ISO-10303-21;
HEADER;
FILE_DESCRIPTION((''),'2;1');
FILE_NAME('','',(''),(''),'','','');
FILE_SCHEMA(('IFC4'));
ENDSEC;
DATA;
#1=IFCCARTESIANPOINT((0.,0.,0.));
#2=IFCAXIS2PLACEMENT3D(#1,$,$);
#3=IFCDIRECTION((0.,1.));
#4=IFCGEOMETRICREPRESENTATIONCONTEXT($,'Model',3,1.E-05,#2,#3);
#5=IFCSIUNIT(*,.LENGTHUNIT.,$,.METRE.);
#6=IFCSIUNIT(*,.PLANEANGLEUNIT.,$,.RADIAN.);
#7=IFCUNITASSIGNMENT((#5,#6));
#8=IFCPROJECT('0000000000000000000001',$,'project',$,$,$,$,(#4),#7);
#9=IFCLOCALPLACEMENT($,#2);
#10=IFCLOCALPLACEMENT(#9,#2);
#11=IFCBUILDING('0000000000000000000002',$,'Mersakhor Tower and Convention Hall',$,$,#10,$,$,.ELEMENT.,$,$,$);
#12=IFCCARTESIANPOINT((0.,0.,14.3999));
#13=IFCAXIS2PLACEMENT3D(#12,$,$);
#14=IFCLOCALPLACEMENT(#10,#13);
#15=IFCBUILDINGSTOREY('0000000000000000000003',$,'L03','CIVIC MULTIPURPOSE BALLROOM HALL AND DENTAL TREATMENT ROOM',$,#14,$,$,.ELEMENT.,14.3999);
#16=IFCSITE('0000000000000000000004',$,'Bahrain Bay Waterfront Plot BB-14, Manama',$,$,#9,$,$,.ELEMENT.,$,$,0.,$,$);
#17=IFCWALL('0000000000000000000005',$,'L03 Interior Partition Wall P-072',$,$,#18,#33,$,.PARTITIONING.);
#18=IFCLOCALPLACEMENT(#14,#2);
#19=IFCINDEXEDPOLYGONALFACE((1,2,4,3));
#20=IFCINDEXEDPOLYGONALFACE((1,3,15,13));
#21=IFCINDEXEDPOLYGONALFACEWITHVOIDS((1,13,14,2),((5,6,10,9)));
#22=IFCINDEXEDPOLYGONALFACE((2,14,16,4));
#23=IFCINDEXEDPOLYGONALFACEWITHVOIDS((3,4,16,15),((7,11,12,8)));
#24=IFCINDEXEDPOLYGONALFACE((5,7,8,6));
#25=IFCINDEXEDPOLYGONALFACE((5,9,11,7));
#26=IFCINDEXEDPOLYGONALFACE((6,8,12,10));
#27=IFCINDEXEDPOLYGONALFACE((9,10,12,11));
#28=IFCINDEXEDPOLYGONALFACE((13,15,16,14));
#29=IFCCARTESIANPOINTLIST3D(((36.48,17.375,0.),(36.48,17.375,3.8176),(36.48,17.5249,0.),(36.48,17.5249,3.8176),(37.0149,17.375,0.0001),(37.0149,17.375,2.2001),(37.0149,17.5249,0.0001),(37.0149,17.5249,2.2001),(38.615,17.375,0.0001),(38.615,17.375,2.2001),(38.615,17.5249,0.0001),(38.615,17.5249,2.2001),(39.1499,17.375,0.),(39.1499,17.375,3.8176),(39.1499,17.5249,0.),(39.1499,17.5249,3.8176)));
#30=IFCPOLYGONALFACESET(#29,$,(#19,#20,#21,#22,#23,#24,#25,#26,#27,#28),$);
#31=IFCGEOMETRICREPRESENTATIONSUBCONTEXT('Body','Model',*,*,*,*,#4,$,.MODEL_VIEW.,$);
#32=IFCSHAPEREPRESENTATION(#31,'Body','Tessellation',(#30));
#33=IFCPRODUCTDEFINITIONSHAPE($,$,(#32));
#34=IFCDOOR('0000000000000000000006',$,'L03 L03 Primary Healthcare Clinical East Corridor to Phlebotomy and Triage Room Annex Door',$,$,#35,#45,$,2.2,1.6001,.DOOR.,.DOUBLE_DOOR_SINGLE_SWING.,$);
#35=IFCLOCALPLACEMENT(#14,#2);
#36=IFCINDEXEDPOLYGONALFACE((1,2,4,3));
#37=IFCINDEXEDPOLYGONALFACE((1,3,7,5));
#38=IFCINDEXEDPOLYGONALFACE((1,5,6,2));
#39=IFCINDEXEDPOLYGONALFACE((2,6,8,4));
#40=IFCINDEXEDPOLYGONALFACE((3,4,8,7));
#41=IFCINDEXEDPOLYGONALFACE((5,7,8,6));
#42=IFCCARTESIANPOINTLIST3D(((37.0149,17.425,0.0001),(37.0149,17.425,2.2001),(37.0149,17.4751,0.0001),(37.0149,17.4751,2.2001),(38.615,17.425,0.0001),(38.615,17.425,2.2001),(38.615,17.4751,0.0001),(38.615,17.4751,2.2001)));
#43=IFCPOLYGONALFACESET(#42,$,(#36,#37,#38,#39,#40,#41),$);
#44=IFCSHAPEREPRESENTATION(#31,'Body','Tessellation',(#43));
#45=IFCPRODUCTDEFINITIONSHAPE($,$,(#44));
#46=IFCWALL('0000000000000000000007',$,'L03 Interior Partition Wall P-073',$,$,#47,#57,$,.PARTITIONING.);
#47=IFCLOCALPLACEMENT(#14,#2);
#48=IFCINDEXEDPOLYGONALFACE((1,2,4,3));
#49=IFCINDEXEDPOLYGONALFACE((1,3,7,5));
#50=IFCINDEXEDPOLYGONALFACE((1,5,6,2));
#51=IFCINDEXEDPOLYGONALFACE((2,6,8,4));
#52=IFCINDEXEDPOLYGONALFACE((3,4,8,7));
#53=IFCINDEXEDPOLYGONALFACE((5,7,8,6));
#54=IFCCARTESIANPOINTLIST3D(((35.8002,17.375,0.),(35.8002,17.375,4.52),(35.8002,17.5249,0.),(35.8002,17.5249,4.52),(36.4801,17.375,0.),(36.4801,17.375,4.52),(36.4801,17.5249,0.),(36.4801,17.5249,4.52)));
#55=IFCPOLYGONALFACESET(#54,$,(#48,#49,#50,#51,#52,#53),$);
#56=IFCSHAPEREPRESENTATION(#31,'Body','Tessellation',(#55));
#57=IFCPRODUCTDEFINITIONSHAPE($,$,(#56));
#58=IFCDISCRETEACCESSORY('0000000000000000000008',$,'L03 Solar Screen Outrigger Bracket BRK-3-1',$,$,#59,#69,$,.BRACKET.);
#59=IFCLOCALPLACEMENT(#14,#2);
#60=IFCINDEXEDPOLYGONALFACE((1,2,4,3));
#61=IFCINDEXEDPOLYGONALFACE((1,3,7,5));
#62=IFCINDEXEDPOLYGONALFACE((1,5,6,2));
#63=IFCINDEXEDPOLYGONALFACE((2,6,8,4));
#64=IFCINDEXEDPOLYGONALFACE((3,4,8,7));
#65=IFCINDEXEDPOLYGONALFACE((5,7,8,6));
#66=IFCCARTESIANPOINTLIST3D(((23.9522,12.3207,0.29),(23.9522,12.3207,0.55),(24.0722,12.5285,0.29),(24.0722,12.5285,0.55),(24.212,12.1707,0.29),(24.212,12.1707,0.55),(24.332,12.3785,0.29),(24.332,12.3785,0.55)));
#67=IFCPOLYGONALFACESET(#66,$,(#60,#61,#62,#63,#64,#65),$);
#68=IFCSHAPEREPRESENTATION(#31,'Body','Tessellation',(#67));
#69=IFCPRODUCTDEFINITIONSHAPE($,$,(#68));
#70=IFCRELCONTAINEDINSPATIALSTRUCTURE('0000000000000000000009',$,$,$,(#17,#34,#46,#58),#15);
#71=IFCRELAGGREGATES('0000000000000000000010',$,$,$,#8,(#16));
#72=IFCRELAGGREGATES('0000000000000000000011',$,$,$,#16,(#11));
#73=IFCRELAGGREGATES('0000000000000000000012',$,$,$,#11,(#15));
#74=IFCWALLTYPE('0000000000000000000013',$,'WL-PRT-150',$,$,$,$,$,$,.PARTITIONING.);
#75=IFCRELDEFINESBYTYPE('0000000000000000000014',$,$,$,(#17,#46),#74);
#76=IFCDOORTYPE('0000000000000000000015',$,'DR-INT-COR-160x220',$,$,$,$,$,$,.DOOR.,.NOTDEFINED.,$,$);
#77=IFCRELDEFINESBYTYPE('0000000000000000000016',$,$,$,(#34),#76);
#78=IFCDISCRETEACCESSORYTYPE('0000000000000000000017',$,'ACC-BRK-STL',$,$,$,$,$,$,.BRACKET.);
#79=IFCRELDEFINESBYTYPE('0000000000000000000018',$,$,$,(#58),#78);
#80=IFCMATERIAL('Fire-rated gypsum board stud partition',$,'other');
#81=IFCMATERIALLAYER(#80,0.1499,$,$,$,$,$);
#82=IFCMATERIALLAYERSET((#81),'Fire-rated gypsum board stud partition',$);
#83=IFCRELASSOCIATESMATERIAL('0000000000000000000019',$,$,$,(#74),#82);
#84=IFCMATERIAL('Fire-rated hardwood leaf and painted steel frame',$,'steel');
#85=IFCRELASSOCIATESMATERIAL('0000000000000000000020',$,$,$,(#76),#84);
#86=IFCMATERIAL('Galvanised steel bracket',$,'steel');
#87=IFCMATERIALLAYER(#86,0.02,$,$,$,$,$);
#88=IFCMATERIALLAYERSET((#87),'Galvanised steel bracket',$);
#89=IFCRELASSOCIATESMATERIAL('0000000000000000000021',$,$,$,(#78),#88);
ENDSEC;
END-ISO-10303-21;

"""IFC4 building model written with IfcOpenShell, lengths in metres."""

from ifc_helpers import new_model, si_unit, direction, frame, frame_2d, origin, origin_2d, place, context, subcontext, project, spatial, rectangle, extrude, material, layer, layer_set, type_object, element, fill, save


model = new_model("IFC4")

# Units and contexts
model_context = context("Model", 3, precision=1e-05, world=origin(), true_north=direction((0.0, 1.0)))
body_context = subcontext(model_context, "Body", "Model", "MODEL_VIEW")
ifc_project = project(units=[si_unit("LENGTHUNIT", "METRE"), si_unit("PLANEANGLEUNIT", "RADIAN")], contexts=[model_context])

# Site, building, storey
site_placement = place(None, origin())
site = spatial("IfcSite", under=ifc_project, at=site_placement, Name="Bahrain Bay Waterfront Plot BB-14, Manama", CompositionType="ELEMENT", RefElevation=0.0)
building_placement = place(site_placement, origin())
building = spatial("IfcBuilding", under=site, at=building_placement, Name="Mersakhor Tower and Convention Hall", CompositionType="ELEMENT")
storey_placement = place(building_placement, frame((0.0, 0.0, 14.3999)))
storey = spatial("IfcBuildingStorey", under=building, at=storey_placement, Name="L03", Description="CIVIC MULTIPURPOSE BALLROOM HALL AND DENTAL TREATMENT ROOM", CompositionType="ELEMENT", Elevation=14.3999)

# Shared definitions
ifc_material_1 = material(Name="Fire-rated gypsum board stud partition", Category="other")
ifc_layer_1 = layer(ifc_material_1, 0.1499)
ifc_layer_set_1 = layer_set([ifc_layer_1], Name="Fire-rated gypsum board stud partition")
wall_type_1 = type_object("IfcWallType", Name="WL-PRT-150", PredefinedType="PARTITIONING", material=ifc_layer_set_1)

# Wall, opening, door
ifc_material_2 = material(Name="Fire-rated hardwood leaf and painted steel frame", Category="steel")
door_type_1 = type_object("IfcDoorType", Name="DR-INT-COR-160x220", OperationType="NOTDEFINED", PredefinedType="DOOR", material=ifc_material_2)
wall_1_placement = place(storey_placement, frame((39.1499, 17.45, 0.0), z_axis=(0.0, 0.0, 1.0), x_axis=(-1.0, 0.0, 0.0)))
wall_1 = element("IfcWall", 1, at=wall_1_placement, inside=storey, type_object=wall_type_1, Name="L03 Interior Partition Wall P-072", PredefinedType="PARTITIONING", context=body_context, shape_type="SweptSolid", body=[
    extrude(rectangle(XDim=2.6699, YDim=0.1499, at=frame_2d((1.335, 0.0))), origin(), (0.0, 0.0, 1.0), 3.8176),
])
opening_1_placement = place(wall_1_placement, frame((0.5349, 0.0, 0.0)))
opening_1 = element("IfcOpeningElement", 2, at=opening_1_placement, cuts=wall_1, PredefinedType="OPENING", context=body_context, shape_type="SweptSolid", body=[
    extrude(rectangle(XDim=1.6001, YDim=2.2, at=frame_2d((0.8, 1.1001))), frame((0.0, 0.085, 0.0), z_axis=(0.0, -1.0, 0.0), x_axis=(1.0, 0.0, 0.0)), (0.0, 0.0, 1.0), 0.1699),
])
door_1_placement = place(opening_1_placement, origin())
door_1 = element("IfcDoor", 3, at=door_1_placement, inside=storey, type_object=door_type_1, Name="L03 L03 Primary Healthcare Clinical East Corridor to Phlebotomy and Triage Room Annex Door", OperationType="DOUBLE_DOOR_SINGLE_SWING", OverallHeight=2.2, OverallWidth=1.6001, PredefinedType="DOOR", context=body_context, shape_type="SweptSolid", body=[
    extrude(rectangle(XDim=1.6001, YDim=2.2, at=frame_2d((0.8, 1.1001))), frame((0.0, 0.0249, 0.0), z_axis=(0.0, -1.0, 0.0), x_axis=(1.0, 0.0, 0.0)), (0.0, 0.0, 1.0), 0.05),
])
fill(opening_1, door_1)

# Wall
wall_2_placement = place(storey_placement, frame((36.48, 17.45, 0.0), z_axis=(0.0, 0.0, 1.0), x_axis=(-1.0, 0.0, 0.0)))
element("IfcWall", 4, at=wall_2_placement, inside=storey, type_object=wall_type_1, Name="L03 Interior Partition Wall P-073", PredefinedType="PARTITIONING", context=body_context, shape_type="SweptSolid", body=[
    extrude(rectangle(XDim=0.6799, YDim=0.1499, at=frame_2d((0.3398, 0.0))), origin(), (0.0, 0.0, 1.0), 4.52),
])

# Discrete accessory
ifc_material_3 = material(Name="Galvanised steel bracket", Category="steel")
ifc_layer_2 = layer(ifc_material_3, 0.02)
ifc_layer_set_2 = layer_set([ifc_layer_2], Name="Galvanised steel bracket")
discrete_accessory_type = type_object("IfcDiscreteAccessoryType", Name="ACC-BRK-STL", PredefinedType="BRACKET", material=ifc_layer_set_2)
discrete_accessory_placement = place(storey_placement, frame((24.1421, 12.3496, 0.29), z_axis=(0.0, 0.0, 1.0), x_axis=(-0.866025, 0.5, 0.0)))
element("IfcDiscreteAccessory", 5, at=discrete_accessory_placement, inside=storey, type_object=discrete_accessory_type, Name="L03 Solar Screen Outrigger Bracket BRK-3-1", PredefinedType="BRACKET", context=body_context, shape_type="SweptSolid", body=[
    extrude(rectangle(XDim=0.3, YDim=0.24, at=origin_2d()), origin(), (0.0, 0.0, 1.0), 0.26),
])

save(model, "model.ifc")
